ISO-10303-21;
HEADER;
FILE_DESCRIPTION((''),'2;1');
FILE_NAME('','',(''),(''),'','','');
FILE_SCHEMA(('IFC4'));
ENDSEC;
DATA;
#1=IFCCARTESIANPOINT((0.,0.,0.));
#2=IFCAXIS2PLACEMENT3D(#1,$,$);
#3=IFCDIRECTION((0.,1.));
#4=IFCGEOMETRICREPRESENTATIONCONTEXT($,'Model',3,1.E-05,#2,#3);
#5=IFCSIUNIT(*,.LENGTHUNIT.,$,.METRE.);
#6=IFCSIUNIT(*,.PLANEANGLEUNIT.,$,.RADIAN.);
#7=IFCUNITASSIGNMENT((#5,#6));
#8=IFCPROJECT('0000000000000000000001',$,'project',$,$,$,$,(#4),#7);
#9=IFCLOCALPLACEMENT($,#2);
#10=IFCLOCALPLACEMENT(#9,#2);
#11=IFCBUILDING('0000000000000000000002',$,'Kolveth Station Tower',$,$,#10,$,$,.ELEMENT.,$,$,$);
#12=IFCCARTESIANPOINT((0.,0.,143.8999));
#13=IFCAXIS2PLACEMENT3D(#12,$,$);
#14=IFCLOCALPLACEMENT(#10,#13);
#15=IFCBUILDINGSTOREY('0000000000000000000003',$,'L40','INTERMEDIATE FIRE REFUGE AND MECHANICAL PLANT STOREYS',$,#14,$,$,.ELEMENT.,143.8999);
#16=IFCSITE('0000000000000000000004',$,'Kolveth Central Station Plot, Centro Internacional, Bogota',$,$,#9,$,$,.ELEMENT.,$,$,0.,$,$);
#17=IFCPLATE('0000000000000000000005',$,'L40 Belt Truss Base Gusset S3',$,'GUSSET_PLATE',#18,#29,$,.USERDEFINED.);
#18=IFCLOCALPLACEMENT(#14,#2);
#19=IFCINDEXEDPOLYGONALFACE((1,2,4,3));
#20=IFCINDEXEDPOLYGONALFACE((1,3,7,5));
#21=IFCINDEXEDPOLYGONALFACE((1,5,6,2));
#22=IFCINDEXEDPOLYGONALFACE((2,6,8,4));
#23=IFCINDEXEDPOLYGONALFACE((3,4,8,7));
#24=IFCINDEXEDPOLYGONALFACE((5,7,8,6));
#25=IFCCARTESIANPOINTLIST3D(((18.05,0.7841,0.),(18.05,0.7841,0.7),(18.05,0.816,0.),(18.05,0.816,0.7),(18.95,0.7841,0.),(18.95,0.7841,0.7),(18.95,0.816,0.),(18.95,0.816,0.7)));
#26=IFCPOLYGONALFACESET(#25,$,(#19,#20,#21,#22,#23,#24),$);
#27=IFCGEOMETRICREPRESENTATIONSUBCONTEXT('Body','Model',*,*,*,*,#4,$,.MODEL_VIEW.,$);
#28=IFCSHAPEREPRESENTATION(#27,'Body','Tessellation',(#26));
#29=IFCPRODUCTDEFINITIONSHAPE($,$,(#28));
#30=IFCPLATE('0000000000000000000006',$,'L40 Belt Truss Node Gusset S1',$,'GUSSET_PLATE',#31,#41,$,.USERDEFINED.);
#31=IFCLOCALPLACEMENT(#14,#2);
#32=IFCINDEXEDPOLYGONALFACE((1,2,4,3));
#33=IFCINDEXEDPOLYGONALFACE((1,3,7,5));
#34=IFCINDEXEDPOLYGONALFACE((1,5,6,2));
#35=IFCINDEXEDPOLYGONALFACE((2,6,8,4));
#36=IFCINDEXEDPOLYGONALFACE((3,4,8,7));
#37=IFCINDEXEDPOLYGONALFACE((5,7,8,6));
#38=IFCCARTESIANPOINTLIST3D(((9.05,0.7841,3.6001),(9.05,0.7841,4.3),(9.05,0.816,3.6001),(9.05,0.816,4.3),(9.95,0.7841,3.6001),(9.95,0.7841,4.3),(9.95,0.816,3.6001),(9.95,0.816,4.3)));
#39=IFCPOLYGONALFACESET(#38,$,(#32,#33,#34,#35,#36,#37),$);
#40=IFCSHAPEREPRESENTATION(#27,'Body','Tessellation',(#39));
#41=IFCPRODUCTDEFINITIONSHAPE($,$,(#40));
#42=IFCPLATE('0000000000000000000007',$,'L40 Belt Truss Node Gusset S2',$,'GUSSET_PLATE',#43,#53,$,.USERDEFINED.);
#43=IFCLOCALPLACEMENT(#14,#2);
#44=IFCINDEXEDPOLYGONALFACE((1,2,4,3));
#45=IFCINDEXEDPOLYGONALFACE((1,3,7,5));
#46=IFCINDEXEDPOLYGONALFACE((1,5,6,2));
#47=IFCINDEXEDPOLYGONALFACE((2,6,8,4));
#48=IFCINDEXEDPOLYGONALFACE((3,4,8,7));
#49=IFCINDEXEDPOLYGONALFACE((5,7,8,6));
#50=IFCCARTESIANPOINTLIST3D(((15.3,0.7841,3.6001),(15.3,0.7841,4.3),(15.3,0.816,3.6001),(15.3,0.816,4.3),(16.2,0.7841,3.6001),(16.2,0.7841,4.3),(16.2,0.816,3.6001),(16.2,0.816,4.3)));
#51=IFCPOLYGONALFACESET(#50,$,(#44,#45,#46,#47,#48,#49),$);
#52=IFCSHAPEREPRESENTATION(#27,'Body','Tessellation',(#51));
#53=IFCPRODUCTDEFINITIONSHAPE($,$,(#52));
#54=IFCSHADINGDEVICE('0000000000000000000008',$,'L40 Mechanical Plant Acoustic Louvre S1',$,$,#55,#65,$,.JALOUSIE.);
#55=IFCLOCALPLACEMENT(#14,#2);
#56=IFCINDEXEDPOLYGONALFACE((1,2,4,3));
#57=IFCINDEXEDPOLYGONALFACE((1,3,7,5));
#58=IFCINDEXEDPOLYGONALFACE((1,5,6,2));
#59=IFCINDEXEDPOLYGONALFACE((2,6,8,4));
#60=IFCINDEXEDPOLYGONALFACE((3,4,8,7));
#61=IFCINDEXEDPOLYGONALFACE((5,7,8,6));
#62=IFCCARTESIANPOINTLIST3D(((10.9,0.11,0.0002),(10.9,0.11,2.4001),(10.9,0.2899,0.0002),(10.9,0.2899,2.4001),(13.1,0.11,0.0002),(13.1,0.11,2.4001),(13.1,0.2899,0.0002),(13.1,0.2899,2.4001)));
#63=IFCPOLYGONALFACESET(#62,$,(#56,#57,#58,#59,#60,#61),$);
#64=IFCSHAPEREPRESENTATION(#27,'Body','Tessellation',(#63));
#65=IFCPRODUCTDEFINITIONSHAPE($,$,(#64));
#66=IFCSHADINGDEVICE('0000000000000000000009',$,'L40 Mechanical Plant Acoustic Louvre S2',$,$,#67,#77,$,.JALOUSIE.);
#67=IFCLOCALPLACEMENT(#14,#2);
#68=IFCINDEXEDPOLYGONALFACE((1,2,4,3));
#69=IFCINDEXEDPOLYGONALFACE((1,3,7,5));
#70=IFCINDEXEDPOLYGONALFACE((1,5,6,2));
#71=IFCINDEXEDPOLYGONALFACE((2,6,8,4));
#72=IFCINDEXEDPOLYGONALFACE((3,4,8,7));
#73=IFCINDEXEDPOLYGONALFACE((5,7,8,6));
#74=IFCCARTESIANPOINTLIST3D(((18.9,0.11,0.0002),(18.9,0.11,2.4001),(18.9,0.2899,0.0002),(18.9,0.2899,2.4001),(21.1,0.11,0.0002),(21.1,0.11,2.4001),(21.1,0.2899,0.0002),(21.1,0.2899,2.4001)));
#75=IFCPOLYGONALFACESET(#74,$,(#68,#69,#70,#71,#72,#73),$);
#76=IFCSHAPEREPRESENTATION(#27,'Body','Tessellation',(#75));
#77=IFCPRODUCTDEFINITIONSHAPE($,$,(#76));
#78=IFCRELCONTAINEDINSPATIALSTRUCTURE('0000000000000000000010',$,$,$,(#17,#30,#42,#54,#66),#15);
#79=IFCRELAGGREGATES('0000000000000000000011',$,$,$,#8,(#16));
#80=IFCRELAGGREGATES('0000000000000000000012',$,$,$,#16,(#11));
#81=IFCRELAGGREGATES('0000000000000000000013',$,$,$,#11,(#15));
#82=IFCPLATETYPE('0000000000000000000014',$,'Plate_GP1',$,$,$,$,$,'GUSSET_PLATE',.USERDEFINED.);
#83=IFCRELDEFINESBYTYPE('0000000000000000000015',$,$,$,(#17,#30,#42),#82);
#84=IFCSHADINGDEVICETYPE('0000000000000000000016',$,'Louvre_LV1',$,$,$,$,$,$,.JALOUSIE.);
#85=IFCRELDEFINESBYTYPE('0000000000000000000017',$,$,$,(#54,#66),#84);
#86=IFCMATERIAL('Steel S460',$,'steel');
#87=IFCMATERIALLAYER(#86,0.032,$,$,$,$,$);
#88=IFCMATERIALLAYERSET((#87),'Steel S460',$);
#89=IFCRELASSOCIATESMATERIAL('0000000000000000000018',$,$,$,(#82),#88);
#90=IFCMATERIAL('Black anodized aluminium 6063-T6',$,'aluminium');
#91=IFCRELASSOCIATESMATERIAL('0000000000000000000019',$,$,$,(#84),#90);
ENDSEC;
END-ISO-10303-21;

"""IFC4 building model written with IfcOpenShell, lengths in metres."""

from ifc_helpers import new_model, si_unit, direction, frame, origin, origin_2d, place, context, subcontext, project, spatial, rectangle, extrude, source, transform, mapped, material, layer, layer_set, type_object, element, save


model = new_model("IFC4")

# Units and contexts
model_context = context("Model", 3, precision=1e-05, world=origin(), true_north=direction((0.0, 1.0)))
body_context = subcontext(model_context, "Body", "Model", "MODEL_VIEW")
ifc_project = project(units=[si_unit("LENGTHUNIT", "METRE"), si_unit("PLANEANGLEUNIT", "RADIAN")], contexts=[model_context])

# Site, building, storey
site_placement = place(None, origin())
site = spatial("IfcSite", under=ifc_project, at=site_placement, Name="Kolveth Central Station Plot, Centro Internacional, Bogota", CompositionType="ELEMENT", RefElevation=0.0)
building_placement = place(site_placement, origin())
building = spatial("IfcBuilding", under=site, at=building_placement, Name="Kolveth Station Tower", CompositionType="ELEMENT")
storey_placement = place(building_placement, frame((0.0, 0.0, 143.8999)))
storey = spatial("IfcBuildingStorey", under=building, at=storey_placement, Name="L40", Description="INTERMEDIATE FIRE REFUGE AND MECHANICAL PLANT STOREYS", CompositionType="ELEMENT", Elevation=143.8999)

# Shared definitions
ifc_material_1 = material(Name="Steel S460", Category="steel")

# Plates
ifc_layer = layer(ifc_material_1, 0.032)
ifc_layer_set = layer_set([ifc_layer], Name="Steel S460")
plate_type = type_object("IfcPlateType", Name="Plate_GP1", ElementType="GUSSET_PLATE", PredefinedType="USERDEFINED", material=ifc_layer_set)
shared_shape_1 = source(origin(), body_context, "Body", "SweptSolid", [
    extrude(rectangle(XDim=0.8999, YDim=0.032, at=origin_2d()), origin(), (0.0, 0.0, 1.0), 0.7),
])
for number, where, z_axis, x_axis, name in (
    (1, (18.5, 0.8, 0.0), (0.0, 0.0, 1.0), (1.0, 0.0, 0.0), "L40 Belt Truss Base Gusset S3"),
    (2, (9.5, 0.8, 3.6001), (0.0, 0.0, 1.0), (1.0, 0.0, 0.0), "L40 Belt Truss Node Gusset S1"),
    (3, (15.75, 0.8, 3.6001), (0.0, 0.0, 1.0), (1.0, 0.0, 0.0), "L40 Belt Truss Node Gusset S2"),
):
    element("IfcPlate", number, at=place(storey_placement, frame(where, z_axis=z_axis, x_axis=x_axis)), inside=storey, type_object=plate_type, Name=name, ObjectType="GUSSET_PLATE", PredefinedType="USERDEFINED", context=body_context, shape_type="MappedRepresentation", body=[
        mapped(shared_shape_1, transform((0.0, 0.0, 0.0), x_axis=(1.0, 0.0, 0.0), y_axis=(0.0, 1.0, 0.0), z_axis=(0.0, 0.0, 1.0), scale=1.0)),
    ])

# Shading devices
ifc_material_2 = material(Name="Black anodized aluminium 6063-T6", Category="aluminium")
shading_device_type = type_object("IfcShadingDeviceType", Name="Louvre_LV1", PredefinedType="JALOUSIE", material=ifc_material_2)
shared_shape_2 = source(origin(), body_context, "Body", "SweptSolid", [
    extrude(rectangle(XDim=2.2, YDim=0.1799, at=origin_2d()), origin(), (0.0, 0.0, 1.0), 2.3999),
])
for number, where, z_axis, x_axis, name in (
    (4, (12.0, 0.2, 0.0002), (0.0, 0.0, 1.0), (1.0, 0.0, 0.0), "L40 Mechanical Plant Acoustic Louvre S1"),
    (5, (20.0, 0.2, 0.0002), (0.0, 0.0, 1.0), (1.0, 0.0, 0.0), "L40 Mechanical Plant Acoustic Louvre S2"),
):
    element("IfcShadingDevice", number, at=place(storey_placement, frame(where, z_axis=z_axis, x_axis=x_axis)), inside=storey, type_object=shading_device_type, Name=name, PredefinedType="JALOUSIE", context=body_context, shape_type="MappedRepresentation", body=[
        mapped(shared_shape_2, transform((0.0, 0.0, 0.0), x_axis=(1.0, 0.0, 0.0), y_axis=(0.0, 1.0, 0.0), z_axis=(0.0, 0.0, 1.0), scale=1.0)),
    ])

save(model, "model.ifc")
